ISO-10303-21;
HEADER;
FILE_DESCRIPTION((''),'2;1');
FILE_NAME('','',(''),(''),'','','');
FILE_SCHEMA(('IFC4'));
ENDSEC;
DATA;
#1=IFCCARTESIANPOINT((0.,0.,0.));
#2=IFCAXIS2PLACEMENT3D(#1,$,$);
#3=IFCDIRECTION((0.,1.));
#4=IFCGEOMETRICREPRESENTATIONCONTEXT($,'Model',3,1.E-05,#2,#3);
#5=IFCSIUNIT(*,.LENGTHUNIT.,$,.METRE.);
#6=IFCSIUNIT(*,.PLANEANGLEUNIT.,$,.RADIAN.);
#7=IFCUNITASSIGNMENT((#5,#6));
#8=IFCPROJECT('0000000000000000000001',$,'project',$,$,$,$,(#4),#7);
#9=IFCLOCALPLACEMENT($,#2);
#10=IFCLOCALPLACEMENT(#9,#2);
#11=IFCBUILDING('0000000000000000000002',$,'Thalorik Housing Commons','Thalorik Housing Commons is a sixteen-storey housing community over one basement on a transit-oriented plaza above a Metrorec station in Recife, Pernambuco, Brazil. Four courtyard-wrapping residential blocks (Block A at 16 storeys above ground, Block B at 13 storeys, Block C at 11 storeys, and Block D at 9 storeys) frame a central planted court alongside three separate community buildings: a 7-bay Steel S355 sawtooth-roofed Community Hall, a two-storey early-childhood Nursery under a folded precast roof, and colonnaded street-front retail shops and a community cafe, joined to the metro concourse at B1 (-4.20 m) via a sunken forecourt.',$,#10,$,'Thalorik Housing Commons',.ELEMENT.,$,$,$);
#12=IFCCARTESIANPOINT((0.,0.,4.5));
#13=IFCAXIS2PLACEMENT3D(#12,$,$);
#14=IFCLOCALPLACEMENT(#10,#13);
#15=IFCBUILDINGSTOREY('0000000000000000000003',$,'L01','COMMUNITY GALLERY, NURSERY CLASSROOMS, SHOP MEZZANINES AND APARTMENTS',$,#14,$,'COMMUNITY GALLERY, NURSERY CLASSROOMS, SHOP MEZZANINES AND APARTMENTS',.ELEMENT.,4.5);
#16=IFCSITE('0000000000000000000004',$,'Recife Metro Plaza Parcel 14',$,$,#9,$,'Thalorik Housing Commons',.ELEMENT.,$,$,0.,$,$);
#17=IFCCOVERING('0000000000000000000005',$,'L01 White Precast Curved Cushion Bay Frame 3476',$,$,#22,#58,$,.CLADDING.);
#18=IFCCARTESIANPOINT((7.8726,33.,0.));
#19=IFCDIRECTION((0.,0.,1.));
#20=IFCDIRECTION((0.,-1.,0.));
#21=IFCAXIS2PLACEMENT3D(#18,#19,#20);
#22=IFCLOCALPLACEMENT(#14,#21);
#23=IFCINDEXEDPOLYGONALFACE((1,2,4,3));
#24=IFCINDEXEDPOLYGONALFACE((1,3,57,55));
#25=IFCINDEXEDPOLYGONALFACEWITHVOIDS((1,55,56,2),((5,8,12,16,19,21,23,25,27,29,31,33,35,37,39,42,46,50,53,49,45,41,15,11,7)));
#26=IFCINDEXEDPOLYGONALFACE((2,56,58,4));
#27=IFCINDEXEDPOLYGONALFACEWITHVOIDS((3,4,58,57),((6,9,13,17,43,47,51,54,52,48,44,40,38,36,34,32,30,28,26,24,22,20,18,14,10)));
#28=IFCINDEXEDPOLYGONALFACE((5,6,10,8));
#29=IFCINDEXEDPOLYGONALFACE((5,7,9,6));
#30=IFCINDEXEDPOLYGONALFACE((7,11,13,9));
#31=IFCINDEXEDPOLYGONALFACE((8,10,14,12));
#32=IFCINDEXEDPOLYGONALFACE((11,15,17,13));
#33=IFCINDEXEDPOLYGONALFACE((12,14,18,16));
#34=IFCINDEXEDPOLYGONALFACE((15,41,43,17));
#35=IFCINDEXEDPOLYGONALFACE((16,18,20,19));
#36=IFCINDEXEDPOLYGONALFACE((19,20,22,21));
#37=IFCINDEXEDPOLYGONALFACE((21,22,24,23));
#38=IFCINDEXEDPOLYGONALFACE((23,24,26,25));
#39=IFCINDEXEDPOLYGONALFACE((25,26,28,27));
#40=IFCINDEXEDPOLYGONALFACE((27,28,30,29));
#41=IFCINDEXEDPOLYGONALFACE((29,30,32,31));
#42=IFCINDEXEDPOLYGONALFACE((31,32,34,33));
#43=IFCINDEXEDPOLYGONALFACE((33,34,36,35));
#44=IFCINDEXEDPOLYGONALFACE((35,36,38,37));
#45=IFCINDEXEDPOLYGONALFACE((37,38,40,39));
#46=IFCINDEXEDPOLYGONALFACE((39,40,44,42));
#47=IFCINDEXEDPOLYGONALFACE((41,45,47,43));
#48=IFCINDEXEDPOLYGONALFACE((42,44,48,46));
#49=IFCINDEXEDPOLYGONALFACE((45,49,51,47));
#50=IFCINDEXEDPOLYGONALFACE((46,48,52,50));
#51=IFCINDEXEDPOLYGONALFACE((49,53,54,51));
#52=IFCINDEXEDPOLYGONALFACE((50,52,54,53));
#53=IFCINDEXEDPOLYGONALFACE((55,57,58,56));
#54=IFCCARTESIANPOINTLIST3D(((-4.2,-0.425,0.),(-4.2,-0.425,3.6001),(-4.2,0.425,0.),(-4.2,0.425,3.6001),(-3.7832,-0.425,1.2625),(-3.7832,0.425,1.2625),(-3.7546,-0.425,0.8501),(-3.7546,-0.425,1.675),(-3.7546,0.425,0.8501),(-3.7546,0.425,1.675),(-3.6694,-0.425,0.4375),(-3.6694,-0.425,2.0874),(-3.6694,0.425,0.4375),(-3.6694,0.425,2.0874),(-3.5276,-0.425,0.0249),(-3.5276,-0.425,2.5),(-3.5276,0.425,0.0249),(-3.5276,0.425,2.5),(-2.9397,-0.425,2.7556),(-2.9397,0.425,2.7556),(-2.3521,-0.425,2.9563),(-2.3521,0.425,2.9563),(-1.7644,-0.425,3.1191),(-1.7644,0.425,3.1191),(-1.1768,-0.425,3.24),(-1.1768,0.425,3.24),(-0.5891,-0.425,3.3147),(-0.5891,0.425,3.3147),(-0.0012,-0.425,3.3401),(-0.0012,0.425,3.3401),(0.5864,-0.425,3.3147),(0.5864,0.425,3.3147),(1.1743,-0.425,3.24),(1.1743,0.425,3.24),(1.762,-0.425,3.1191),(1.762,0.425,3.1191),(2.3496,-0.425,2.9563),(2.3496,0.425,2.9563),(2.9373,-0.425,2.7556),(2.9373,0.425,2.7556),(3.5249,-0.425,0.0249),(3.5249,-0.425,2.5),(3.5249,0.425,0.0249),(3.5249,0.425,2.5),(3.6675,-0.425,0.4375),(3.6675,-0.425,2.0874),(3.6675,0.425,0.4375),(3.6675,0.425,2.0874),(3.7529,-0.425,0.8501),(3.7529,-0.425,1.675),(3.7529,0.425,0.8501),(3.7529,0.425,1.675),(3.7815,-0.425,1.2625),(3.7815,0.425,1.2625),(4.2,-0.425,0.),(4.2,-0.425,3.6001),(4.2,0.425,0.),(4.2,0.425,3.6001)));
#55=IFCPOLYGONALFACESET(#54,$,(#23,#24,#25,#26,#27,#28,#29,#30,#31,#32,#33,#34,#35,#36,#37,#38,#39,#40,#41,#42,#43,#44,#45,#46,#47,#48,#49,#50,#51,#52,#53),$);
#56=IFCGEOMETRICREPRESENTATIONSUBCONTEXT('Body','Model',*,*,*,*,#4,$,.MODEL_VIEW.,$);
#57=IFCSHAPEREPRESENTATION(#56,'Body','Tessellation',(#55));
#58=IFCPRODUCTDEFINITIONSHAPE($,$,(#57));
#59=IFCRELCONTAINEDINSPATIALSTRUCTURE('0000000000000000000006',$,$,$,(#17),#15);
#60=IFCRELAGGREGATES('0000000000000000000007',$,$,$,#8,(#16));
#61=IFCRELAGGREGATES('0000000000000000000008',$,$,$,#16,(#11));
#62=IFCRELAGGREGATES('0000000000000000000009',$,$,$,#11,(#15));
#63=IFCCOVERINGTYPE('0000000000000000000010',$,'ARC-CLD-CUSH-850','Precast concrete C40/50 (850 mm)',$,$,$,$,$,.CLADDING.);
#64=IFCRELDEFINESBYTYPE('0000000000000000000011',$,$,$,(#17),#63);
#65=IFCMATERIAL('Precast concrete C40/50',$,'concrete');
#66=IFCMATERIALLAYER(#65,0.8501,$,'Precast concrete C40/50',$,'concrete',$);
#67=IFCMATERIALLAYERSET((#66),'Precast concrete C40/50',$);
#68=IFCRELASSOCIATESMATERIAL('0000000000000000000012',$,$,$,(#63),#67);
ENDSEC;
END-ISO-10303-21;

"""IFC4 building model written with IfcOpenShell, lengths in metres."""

from ifc_helpers import new_model, si_unit, direction, frame, origin, place, context, subcontext, project, spatial, polyline, outline, extrude, material, layer, layer_set, type_object, element, save


model = new_model("IFC4")

# Units and contexts
model_context = context("Model", 3, precision=1e-05, world=origin(), true_north=direction((0.0, 1.0)))
body_context = subcontext(model_context, "Body", "Model", "MODEL_VIEW")
ifc_project = project(units=[si_unit("LENGTHUNIT", "METRE"), si_unit("PLANEANGLEUNIT", "RADIAN")], contexts=[model_context])

# Site, building, storey
site_placement = place(None, origin())
site = spatial("IfcSite", under=ifc_project, at=site_placement, Name="Recife Metro Plaza Parcel 14", LongName="Thalorik Housing Commons", CompositionType="ELEMENT", RefElevation=0.0)
building_placement = place(site_placement, origin())
building = spatial("IfcBuilding", under=site, at=building_placement, Name="Thalorik Housing Commons", Description="Thalorik Housing Commons is a sixteen-storey housing community over one basement on a transit-oriented plaza above a Metrorec station in Recife, Pernambuco, Brazil. Four courtyard-wrapping residential blocks (Block A at 16 storeys above ground, Block B at 13 storeys, Block C at 11 storeys, and Block D at 9 storeys) frame a central planted court alongside three separate community buildings: a 7-bay Steel S355 sawtooth-roofed Community Hall, a two-storey early-childhood Nursery under a folded precast roof, and colonnaded street-front retail shops and a community cafe, joined to the metro concourse at B1 (-4.20 m) via a sunken forecourt.", LongName="Thalorik Housing Commons", CompositionType="ELEMENT")
storey_placement = place(building_placement, frame((0.0, 0.0, 4.5)))
storey = spatial("IfcBuildingStorey", under=building, at=storey_placement, Name="L01", Description="COMMUNITY GALLERY, NURSERY CLASSROOMS, SHOP MEZZANINES AND APARTMENTS", LongName="COMMUNITY GALLERY, NURSERY CLASSROOMS, SHOP MEZZANINES AND APARTMENTS", CompositionType="ELEMENT", Elevation=4.5)

# Shared definitions
ifc_material_1 = material(Name="Precast concrete C40/50", Category="concrete")

# Covering
ifc_layer_1 = layer(ifc_material_1, 0.8501, Name="Precast concrete C40/50", Category="concrete")
ifc_layer_set_1 = layer_set([ifc_layer_1], Name="Precast concrete C40/50")
covering_type_1 = type_object("IfcCoveringType", Name="ARC-CLD-CUSH-850", Description="Precast concrete C40/50 (850 mm)", PredefinedType="CLADDING", material=ifc_layer_set_1)
covering_1_placement = place(storey_placement, frame((7.8726, 33.0, 0.0), z_axis=(0.0, 0.0, 1.0), x_axis=(0.0, -1.0, 0.0)))
element("IfcCovering", 1, at=covering_1_placement, inside=storey, type_object=covering_type_1, Name="L01 White Precast Curved Cushion Bay Frame 3476", PredefinedType="CLADDING", context=body_context, shape_type="SweptSolid", body=[
    extrude(outline(polyline([(-4.2, 0.0), (4.2, 0.0), (4.2, 3.6001), (-4.2, 3.6001), (-4.2, 0.0)]), holes=[polyline([(3.5249, 0.0249), (3.6675, 0.4375), (3.7529, 0.8501), (3.7815, 1.2625), (3.7529, 1.675), (3.6675, 2.0874), (3.5249, 2.5), (2.9373, 2.7556), (2.3496, 2.9563), (1.762, 3.1191), (1.1743, 3.24), (0.5864, 3.3147), (-0.0012, 3.3401), (-0.5891, 3.3147), (-1.1768, 3.24), (-1.7644, 3.1191), (-2.3521, 2.9563), (-2.9397, 2.7556), (-3.5276, 2.5), (-3.6694, 2.0874), (-3.7546, 1.675), (-3.7832, 1.2625), (-3.7546, 0.8501), (-3.6694, 0.4375), (-3.5276, 0.0249), (3.5249, 0.0249)])]), frame((0.0, 0.425, 0.0), z_axis=(0.0, -1.0, 0.0), x_axis=(1.0, 0.0, 0.0)), (0.0, 0.0, 1.0), 0.8501),
])

save(model, "model.ifc")
